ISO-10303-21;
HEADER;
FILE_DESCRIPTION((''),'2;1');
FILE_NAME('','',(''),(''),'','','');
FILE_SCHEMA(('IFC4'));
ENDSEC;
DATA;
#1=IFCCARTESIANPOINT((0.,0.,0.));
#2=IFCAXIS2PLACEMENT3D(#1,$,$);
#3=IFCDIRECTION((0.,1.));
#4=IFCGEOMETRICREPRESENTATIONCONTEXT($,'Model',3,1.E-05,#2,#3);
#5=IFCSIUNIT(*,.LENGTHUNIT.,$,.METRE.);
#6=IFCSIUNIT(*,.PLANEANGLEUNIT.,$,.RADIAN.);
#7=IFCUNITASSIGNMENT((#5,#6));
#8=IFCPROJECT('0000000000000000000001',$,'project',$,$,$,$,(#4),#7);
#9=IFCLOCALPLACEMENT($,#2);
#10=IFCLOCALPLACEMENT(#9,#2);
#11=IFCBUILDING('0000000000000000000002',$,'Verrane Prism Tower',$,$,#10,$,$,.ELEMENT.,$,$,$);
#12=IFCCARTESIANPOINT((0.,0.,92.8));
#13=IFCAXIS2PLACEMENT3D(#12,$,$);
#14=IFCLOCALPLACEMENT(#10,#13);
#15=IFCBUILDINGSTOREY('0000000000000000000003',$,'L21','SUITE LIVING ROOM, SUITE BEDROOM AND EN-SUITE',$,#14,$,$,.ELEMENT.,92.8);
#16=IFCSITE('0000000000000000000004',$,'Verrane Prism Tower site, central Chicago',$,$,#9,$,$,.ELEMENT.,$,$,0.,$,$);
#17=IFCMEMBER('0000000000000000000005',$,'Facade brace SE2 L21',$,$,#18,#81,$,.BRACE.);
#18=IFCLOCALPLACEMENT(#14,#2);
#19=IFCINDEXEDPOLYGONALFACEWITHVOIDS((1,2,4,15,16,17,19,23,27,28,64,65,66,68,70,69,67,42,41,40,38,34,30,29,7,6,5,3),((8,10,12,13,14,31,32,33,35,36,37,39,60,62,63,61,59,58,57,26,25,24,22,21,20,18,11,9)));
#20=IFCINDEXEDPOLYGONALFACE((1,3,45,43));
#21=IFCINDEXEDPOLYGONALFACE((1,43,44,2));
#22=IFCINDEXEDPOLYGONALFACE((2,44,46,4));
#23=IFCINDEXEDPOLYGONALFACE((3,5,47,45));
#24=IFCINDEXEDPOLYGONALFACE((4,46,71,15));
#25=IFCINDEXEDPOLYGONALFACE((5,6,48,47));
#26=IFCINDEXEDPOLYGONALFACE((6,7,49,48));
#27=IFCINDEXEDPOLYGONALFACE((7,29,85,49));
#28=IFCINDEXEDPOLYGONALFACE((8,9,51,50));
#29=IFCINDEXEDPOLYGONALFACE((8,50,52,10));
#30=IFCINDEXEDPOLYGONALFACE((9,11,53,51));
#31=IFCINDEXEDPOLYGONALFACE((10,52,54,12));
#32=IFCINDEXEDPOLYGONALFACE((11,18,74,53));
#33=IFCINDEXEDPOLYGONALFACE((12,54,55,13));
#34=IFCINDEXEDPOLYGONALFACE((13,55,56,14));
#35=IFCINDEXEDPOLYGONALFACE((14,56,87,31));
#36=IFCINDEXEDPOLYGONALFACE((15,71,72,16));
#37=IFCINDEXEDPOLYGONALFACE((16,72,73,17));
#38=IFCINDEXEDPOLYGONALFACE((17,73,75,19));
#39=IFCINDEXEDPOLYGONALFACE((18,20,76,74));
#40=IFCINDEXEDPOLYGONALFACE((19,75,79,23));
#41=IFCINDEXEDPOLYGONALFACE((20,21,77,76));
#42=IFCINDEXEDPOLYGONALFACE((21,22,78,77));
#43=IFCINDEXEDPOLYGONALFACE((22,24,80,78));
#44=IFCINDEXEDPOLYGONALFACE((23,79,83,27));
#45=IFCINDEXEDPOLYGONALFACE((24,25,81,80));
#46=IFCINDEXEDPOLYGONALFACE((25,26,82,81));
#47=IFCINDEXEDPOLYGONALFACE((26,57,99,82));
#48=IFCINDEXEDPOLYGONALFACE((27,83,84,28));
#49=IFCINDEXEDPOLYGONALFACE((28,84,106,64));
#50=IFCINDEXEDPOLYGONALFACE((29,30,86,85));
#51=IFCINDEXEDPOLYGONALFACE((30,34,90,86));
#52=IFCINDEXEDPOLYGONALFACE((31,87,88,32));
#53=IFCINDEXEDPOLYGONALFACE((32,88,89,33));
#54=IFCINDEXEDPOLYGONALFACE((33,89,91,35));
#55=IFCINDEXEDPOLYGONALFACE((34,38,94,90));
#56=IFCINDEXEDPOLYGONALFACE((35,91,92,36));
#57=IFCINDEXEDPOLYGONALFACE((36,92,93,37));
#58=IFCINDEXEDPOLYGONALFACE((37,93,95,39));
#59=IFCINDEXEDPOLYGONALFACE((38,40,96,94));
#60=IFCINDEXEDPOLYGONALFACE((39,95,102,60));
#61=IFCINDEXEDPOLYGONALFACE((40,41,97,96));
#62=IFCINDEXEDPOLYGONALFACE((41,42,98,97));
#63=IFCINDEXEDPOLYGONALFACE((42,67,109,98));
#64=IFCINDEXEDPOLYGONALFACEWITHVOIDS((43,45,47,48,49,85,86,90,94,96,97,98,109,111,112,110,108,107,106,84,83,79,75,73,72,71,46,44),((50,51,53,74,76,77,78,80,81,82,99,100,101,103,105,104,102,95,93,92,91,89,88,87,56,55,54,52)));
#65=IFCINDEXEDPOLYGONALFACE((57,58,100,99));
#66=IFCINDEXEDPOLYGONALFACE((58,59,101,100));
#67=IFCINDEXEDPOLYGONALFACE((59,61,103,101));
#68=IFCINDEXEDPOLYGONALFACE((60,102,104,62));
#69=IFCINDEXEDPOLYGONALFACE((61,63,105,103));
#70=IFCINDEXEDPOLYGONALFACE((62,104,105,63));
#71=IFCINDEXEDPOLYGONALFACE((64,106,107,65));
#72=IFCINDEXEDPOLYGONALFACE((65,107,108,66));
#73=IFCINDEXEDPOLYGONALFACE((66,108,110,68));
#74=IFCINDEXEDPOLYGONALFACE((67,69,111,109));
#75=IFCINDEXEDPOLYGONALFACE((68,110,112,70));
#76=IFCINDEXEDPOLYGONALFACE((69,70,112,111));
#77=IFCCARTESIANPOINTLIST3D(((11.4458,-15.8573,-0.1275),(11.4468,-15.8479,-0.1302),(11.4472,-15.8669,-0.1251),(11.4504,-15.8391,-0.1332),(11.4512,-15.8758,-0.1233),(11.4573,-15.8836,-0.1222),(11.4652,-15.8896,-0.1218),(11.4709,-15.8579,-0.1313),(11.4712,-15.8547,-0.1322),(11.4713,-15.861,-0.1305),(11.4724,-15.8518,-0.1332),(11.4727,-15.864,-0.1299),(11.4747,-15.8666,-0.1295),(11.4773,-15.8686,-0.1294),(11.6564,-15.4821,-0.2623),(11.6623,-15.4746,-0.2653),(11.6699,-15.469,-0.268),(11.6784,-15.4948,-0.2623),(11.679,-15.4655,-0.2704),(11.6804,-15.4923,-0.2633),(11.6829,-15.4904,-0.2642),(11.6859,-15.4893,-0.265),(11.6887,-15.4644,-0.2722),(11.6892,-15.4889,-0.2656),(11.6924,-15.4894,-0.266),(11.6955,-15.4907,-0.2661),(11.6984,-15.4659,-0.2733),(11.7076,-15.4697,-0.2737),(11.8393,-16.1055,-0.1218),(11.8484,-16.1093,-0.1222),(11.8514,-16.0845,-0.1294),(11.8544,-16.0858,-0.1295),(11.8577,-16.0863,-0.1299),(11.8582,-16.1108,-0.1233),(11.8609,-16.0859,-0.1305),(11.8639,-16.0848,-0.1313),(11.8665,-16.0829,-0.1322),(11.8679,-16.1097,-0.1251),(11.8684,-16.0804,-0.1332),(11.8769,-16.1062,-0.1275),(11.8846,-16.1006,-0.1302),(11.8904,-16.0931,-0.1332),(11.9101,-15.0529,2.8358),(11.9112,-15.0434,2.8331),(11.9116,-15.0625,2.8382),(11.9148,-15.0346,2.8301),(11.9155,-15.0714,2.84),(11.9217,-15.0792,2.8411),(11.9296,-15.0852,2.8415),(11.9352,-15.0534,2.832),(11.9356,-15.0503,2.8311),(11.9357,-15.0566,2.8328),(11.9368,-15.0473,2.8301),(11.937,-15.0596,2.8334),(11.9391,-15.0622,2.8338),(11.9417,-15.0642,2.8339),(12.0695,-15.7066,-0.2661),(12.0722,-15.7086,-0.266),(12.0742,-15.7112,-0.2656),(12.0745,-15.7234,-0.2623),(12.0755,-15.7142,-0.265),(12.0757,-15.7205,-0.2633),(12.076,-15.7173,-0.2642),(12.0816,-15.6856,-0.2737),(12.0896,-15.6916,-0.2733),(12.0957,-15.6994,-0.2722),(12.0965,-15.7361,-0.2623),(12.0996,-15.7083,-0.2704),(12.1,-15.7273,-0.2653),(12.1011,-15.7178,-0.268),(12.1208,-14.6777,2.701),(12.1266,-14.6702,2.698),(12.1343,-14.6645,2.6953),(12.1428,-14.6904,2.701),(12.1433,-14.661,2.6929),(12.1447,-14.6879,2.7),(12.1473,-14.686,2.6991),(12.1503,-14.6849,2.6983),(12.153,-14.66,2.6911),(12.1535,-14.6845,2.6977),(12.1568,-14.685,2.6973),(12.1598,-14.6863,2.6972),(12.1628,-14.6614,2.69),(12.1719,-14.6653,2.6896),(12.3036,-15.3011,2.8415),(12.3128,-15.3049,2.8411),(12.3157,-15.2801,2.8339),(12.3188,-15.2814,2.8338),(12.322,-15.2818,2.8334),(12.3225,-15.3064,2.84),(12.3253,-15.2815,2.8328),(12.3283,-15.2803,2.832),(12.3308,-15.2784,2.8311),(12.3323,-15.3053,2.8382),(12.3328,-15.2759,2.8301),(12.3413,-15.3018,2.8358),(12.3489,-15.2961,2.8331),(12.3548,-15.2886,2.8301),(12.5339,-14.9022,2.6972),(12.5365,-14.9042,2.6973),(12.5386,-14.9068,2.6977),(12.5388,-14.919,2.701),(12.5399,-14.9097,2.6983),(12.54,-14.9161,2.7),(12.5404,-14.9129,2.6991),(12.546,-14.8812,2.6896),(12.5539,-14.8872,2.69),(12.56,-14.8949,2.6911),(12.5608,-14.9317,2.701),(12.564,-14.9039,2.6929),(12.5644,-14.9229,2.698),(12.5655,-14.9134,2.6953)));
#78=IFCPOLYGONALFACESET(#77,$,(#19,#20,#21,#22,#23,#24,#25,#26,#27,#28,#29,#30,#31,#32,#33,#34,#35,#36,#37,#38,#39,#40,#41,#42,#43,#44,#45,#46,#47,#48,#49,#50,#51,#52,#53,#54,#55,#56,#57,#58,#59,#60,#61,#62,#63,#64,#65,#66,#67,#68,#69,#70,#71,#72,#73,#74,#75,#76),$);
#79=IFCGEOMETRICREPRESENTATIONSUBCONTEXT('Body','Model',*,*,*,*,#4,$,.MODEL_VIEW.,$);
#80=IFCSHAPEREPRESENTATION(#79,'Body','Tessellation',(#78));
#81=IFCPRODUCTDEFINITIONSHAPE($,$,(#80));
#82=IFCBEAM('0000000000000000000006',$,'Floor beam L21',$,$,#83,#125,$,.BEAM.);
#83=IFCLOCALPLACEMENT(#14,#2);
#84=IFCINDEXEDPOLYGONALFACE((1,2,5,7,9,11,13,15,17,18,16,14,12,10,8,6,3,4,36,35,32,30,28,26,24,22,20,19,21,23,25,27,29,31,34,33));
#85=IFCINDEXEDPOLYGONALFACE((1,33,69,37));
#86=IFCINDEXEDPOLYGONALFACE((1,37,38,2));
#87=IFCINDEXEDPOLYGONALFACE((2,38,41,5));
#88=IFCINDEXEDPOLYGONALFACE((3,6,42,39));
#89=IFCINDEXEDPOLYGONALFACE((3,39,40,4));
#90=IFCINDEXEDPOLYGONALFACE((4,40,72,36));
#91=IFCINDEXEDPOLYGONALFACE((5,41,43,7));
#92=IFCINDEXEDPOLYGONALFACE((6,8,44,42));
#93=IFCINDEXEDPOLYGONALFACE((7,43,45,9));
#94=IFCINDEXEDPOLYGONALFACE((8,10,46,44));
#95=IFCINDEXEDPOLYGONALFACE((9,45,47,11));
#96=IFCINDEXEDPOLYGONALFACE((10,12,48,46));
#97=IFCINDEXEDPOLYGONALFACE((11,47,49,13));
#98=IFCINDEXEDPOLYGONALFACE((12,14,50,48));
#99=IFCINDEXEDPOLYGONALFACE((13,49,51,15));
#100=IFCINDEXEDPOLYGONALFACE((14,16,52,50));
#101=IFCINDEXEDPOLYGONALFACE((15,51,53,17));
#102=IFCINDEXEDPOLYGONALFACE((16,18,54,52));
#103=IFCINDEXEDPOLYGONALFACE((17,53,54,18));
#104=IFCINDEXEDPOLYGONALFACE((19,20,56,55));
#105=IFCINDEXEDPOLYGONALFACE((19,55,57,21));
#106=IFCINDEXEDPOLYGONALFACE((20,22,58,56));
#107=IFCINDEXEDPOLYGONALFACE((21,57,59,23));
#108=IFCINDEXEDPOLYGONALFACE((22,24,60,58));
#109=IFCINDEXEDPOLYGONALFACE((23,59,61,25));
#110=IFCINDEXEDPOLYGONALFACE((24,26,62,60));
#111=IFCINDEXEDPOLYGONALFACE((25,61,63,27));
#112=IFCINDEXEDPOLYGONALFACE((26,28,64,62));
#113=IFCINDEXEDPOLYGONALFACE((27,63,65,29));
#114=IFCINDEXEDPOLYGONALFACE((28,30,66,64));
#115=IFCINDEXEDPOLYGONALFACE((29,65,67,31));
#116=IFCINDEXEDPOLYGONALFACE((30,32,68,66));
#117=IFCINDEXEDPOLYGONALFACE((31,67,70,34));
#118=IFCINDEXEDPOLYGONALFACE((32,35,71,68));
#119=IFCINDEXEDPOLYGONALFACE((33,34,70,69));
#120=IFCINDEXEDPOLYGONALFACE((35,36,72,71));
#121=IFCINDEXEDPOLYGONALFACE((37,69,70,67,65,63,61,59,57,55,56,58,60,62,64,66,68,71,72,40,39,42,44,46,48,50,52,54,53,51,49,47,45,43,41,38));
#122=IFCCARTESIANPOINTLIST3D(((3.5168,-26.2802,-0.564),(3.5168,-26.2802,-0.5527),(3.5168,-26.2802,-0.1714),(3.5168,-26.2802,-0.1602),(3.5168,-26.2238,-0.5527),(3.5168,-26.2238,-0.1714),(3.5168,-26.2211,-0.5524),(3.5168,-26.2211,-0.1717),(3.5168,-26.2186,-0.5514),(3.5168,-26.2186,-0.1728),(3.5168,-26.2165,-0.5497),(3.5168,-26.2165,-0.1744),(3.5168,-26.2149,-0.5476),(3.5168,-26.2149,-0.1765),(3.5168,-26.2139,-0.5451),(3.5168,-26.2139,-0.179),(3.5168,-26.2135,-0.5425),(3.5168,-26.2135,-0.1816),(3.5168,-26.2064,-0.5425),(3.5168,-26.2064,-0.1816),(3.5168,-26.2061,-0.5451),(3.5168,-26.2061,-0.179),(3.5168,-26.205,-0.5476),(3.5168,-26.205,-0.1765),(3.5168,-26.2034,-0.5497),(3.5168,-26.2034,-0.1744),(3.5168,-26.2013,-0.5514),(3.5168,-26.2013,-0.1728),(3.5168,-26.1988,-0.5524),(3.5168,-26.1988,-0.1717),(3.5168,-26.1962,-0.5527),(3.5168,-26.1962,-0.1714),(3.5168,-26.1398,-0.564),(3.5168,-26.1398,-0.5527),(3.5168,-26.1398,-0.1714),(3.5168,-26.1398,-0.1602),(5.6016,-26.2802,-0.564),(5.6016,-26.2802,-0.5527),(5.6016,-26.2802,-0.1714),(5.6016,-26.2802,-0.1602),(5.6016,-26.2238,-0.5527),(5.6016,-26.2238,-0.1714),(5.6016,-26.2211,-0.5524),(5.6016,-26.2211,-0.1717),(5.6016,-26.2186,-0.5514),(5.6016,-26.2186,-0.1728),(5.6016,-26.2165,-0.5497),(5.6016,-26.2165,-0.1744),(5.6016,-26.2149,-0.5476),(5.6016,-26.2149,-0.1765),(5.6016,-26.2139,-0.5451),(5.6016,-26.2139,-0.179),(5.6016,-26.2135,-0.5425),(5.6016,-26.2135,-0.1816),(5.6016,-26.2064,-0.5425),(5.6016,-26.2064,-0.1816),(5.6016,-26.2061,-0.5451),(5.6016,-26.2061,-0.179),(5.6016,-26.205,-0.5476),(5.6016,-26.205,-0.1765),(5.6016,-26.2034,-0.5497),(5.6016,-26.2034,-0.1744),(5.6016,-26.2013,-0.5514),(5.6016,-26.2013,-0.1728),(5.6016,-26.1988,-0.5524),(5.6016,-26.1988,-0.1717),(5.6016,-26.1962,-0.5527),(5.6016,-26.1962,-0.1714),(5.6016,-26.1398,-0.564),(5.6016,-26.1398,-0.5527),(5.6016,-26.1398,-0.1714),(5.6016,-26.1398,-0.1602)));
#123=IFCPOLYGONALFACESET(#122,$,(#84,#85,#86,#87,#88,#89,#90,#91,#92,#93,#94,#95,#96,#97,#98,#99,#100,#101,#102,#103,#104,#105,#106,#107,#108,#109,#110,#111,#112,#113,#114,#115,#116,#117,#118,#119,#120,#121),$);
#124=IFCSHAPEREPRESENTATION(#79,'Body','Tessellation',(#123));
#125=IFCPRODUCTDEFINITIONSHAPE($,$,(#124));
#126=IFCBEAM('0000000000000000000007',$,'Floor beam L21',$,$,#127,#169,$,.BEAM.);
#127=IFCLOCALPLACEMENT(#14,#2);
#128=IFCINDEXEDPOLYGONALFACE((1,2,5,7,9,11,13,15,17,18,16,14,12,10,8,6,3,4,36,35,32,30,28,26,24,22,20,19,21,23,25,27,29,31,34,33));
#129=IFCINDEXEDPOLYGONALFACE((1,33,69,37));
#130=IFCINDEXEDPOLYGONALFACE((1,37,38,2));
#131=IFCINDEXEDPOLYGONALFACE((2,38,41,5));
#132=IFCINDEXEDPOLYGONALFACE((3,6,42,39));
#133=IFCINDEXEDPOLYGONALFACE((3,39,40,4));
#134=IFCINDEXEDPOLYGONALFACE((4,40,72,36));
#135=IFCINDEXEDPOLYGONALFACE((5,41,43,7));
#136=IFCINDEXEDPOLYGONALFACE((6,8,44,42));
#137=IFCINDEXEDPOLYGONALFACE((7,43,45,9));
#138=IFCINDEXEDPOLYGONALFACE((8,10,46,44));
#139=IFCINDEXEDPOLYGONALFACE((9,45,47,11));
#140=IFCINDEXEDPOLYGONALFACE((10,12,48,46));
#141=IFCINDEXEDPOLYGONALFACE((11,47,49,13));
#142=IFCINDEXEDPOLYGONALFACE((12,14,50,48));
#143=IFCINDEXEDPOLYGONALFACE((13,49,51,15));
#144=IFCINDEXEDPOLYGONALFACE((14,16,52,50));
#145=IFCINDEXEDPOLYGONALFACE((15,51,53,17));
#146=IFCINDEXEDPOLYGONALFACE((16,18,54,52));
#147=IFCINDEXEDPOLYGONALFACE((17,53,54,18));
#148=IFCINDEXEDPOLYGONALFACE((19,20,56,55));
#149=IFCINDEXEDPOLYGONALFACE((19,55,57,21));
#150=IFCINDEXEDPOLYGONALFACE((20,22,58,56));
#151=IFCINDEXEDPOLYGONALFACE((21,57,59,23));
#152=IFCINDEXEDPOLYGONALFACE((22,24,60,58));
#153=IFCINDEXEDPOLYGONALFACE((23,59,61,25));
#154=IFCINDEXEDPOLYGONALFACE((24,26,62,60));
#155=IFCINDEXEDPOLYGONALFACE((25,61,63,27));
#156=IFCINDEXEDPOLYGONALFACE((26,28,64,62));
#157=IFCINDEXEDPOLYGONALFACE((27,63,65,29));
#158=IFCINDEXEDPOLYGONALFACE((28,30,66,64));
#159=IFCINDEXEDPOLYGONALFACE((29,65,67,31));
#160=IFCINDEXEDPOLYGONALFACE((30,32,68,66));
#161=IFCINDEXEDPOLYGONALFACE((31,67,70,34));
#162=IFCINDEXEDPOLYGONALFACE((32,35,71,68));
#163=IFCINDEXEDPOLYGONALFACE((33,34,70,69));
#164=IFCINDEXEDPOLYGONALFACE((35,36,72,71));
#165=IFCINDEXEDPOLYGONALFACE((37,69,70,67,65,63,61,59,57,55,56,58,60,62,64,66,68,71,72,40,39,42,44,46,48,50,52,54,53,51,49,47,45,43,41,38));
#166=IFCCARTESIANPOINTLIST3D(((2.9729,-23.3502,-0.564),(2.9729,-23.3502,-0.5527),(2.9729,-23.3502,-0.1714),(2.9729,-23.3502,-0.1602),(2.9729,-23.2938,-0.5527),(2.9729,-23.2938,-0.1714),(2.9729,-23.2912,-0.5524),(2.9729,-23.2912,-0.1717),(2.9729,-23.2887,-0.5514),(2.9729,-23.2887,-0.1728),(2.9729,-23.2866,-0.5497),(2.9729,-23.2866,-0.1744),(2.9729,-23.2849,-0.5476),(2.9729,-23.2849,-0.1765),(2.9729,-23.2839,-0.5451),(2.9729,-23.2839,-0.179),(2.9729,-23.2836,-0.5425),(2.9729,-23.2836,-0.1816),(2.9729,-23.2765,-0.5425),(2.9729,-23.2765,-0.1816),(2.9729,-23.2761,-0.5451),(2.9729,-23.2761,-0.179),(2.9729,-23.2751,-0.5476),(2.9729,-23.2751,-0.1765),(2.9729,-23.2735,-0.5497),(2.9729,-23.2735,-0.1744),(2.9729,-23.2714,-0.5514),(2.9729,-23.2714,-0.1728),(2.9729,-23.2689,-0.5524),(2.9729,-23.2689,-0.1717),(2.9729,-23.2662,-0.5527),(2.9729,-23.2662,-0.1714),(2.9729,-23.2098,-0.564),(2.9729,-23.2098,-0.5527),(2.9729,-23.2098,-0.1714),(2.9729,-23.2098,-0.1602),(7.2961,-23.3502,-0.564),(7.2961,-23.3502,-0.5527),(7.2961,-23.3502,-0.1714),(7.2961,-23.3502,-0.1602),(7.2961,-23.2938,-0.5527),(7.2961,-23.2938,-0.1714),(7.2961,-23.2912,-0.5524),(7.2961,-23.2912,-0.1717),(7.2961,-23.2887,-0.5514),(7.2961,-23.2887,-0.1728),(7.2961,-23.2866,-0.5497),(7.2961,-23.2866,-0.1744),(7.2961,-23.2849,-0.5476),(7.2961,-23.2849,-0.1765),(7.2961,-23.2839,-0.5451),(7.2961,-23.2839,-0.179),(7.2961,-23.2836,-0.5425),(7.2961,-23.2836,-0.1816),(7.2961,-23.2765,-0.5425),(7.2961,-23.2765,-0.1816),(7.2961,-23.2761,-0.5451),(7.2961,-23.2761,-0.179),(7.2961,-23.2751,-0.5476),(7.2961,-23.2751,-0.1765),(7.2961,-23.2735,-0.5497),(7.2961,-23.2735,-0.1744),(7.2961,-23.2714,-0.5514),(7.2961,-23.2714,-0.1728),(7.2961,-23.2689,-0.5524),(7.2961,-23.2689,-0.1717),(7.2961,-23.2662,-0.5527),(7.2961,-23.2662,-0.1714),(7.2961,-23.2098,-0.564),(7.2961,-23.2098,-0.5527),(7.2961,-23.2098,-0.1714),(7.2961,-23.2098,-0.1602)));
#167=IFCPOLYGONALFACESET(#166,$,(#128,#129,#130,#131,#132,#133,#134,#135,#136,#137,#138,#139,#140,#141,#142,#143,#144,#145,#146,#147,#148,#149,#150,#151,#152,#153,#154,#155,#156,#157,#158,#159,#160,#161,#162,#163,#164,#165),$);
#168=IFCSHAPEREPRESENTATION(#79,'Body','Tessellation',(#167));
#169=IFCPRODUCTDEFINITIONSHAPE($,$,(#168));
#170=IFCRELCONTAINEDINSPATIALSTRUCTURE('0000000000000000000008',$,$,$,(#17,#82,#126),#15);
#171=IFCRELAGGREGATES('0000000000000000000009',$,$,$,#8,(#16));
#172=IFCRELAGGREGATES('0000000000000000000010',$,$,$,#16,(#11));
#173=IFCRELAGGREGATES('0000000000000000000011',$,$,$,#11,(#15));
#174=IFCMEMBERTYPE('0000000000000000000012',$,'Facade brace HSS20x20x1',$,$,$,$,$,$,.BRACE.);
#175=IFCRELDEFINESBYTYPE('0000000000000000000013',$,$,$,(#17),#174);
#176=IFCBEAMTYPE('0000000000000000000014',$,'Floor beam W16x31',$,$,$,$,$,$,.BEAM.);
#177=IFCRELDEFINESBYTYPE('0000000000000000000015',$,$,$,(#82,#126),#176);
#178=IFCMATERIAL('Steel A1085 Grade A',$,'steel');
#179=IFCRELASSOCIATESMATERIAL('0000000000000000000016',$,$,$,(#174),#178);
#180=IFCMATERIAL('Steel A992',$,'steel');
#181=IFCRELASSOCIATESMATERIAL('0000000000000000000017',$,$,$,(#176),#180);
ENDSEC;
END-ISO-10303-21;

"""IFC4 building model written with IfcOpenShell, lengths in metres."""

from ifc_helpers import new_model, si_unit, direction, frame, origin, origin_2d, place, context, subcontext, project, spatial, hollow_rectangle, i_section, extrude, material, material_profile, profile_set, type_object, element, save


model = new_model("IFC4")

# Units and contexts
model_context = context("Model", 3, precision=1e-05, world=origin(), true_north=direction((0.0, 1.0)))
body_context = subcontext(model_context, "Body", "Model", "MODEL_VIEW")
ifc_project = project(units=[si_unit("LENGTHUNIT", "METRE"), si_unit("PLANEANGLEUNIT", "RADIAN")], contexts=[model_context])

# Site, building, storey
site_placement = place(None, origin())
site = spatial("IfcSite", under=ifc_project, at=site_placement, Name="Verrane Prism Tower site, central Chicago", CompositionType="ELEMENT", RefElevation=0.0)
building_placement = place(site_placement, origin())
building = spatial("IfcBuilding", under=site, at=building_placement, Name="Verrane Prism Tower", CompositionType="ELEMENT")
storey_placement = place(building_placement, frame((0.0, 0.0, 92.8)))
storey = spatial("IfcBuildingStorey", under=building, at=storey_placement, Name="L21", Description="SUITE LIVING ROOM, SUITE BEDROOM AND EN-SUITE", CompositionType="ELEMENT", Elevation=92.8)

# Member
ifc_material_1 = material(Name="Steel A1085 Grade A", Category="steel")
ifc_material_profile_1 = material_profile(ifc_material_1, hollow_rectangle(XDim=0.5081, YDim=0.5081, WallThickness=0.0254, InnerFilletRadius=0.0127, OuterFilletRadius=0.0381, at=origin_2d()), Name="HSS20x20x1")
ifc_profile_set_1 = profile_set([ifc_material_profile_1], Name="Steel A1085 Grade A")
member_type_1 = type_object("IfcMemberType", Name="Facade brace HSS20x20x1", PredefinedType="BRACE", material=ifc_profile_set_1)
member_1_placement = place(storey_placement, frame((11.7734, -15.7876, -0.1978), z_axis=(0.149525, 0.259035, 0.954224), x_axis=(-0.866067, 0.499927, 0.0)))
element("IfcMember", 1, at=member_1_placement, inside=storey, type_object=member_type_1, Name="Facade brace SE2 L21", PredefinedType="BRACE", context=body_context, shape_type="SweptSolid", body=[
    extrude(hollow_rectangle(XDim=0.5081, YDim=0.5081, WallThickness=0.0254, InnerFilletRadius=0.0127, OuterFilletRadius=0.0381, at=origin_2d()), origin(), (0.0, 0.0, 1.0), 3.1055),
])

# Beams
ifc_material_2 = material(Name="Steel A992", Category="steel")
ifc_material_profile_2 = material_profile(ifc_material_2, i_section(OverallWidth=0.1404, OverallDepth=0.4038, WebThickness=0.0071, FlangeThickness=0.0112, FilletRadius=0.0103, at=origin_2d()), Name="W16x31")
ifc_profile_set_2 = profile_set([ifc_material_profile_2], Name="Steel A992")
beam_type_1 = type_object("IfcBeamType", Name="Floor beam W16x31", PredefinedType="BEAM", material=ifc_profile_set_2)
beam_1_placement = place(storey_placement, frame((3.5168, -26.21, -0.3621), z_axis=(1.0, 0.0, 0.0), x_axis=(0.0, 1.0, 0.0)))
element("IfcBeam", 2, at=beam_1_placement, inside=storey, type_object=beam_type_1, Name="Floor beam L21", PredefinedType="BEAM", context=body_context, shape_type="SweptSolid", body=[
    extrude(i_section(OverallWidth=0.1404, OverallDepth=0.4038, WebThickness=0.0071, FlangeThickness=0.0112, FilletRadius=0.0103, at=origin_2d()), origin(), (0.0, 0.0, 1.0), 2.0847),
])
beam_2_placement = place(storey_placement, frame((2.9729, -23.28, -0.3621), z_axis=(1.0, 0.0, 0.0), x_axis=(0.0, 1.0, 0.0)))
element("IfcBeam", 3, at=beam_2_placement, inside=storey, type_object=beam_type_1, Name="Floor beam L21", PredefinedType="BEAM", context=body_context, shape_type="SweptSolid", body=[
    extrude(i_section(OverallWidth=0.1404, OverallDepth=0.4038, WebThickness=0.0071, FlangeThickness=0.0112, FilletRadius=0.0103, at=origin_2d()), origin(), (0.0, 0.0, 1.0), 4.3232),
])

save(model, "model.ifc")
